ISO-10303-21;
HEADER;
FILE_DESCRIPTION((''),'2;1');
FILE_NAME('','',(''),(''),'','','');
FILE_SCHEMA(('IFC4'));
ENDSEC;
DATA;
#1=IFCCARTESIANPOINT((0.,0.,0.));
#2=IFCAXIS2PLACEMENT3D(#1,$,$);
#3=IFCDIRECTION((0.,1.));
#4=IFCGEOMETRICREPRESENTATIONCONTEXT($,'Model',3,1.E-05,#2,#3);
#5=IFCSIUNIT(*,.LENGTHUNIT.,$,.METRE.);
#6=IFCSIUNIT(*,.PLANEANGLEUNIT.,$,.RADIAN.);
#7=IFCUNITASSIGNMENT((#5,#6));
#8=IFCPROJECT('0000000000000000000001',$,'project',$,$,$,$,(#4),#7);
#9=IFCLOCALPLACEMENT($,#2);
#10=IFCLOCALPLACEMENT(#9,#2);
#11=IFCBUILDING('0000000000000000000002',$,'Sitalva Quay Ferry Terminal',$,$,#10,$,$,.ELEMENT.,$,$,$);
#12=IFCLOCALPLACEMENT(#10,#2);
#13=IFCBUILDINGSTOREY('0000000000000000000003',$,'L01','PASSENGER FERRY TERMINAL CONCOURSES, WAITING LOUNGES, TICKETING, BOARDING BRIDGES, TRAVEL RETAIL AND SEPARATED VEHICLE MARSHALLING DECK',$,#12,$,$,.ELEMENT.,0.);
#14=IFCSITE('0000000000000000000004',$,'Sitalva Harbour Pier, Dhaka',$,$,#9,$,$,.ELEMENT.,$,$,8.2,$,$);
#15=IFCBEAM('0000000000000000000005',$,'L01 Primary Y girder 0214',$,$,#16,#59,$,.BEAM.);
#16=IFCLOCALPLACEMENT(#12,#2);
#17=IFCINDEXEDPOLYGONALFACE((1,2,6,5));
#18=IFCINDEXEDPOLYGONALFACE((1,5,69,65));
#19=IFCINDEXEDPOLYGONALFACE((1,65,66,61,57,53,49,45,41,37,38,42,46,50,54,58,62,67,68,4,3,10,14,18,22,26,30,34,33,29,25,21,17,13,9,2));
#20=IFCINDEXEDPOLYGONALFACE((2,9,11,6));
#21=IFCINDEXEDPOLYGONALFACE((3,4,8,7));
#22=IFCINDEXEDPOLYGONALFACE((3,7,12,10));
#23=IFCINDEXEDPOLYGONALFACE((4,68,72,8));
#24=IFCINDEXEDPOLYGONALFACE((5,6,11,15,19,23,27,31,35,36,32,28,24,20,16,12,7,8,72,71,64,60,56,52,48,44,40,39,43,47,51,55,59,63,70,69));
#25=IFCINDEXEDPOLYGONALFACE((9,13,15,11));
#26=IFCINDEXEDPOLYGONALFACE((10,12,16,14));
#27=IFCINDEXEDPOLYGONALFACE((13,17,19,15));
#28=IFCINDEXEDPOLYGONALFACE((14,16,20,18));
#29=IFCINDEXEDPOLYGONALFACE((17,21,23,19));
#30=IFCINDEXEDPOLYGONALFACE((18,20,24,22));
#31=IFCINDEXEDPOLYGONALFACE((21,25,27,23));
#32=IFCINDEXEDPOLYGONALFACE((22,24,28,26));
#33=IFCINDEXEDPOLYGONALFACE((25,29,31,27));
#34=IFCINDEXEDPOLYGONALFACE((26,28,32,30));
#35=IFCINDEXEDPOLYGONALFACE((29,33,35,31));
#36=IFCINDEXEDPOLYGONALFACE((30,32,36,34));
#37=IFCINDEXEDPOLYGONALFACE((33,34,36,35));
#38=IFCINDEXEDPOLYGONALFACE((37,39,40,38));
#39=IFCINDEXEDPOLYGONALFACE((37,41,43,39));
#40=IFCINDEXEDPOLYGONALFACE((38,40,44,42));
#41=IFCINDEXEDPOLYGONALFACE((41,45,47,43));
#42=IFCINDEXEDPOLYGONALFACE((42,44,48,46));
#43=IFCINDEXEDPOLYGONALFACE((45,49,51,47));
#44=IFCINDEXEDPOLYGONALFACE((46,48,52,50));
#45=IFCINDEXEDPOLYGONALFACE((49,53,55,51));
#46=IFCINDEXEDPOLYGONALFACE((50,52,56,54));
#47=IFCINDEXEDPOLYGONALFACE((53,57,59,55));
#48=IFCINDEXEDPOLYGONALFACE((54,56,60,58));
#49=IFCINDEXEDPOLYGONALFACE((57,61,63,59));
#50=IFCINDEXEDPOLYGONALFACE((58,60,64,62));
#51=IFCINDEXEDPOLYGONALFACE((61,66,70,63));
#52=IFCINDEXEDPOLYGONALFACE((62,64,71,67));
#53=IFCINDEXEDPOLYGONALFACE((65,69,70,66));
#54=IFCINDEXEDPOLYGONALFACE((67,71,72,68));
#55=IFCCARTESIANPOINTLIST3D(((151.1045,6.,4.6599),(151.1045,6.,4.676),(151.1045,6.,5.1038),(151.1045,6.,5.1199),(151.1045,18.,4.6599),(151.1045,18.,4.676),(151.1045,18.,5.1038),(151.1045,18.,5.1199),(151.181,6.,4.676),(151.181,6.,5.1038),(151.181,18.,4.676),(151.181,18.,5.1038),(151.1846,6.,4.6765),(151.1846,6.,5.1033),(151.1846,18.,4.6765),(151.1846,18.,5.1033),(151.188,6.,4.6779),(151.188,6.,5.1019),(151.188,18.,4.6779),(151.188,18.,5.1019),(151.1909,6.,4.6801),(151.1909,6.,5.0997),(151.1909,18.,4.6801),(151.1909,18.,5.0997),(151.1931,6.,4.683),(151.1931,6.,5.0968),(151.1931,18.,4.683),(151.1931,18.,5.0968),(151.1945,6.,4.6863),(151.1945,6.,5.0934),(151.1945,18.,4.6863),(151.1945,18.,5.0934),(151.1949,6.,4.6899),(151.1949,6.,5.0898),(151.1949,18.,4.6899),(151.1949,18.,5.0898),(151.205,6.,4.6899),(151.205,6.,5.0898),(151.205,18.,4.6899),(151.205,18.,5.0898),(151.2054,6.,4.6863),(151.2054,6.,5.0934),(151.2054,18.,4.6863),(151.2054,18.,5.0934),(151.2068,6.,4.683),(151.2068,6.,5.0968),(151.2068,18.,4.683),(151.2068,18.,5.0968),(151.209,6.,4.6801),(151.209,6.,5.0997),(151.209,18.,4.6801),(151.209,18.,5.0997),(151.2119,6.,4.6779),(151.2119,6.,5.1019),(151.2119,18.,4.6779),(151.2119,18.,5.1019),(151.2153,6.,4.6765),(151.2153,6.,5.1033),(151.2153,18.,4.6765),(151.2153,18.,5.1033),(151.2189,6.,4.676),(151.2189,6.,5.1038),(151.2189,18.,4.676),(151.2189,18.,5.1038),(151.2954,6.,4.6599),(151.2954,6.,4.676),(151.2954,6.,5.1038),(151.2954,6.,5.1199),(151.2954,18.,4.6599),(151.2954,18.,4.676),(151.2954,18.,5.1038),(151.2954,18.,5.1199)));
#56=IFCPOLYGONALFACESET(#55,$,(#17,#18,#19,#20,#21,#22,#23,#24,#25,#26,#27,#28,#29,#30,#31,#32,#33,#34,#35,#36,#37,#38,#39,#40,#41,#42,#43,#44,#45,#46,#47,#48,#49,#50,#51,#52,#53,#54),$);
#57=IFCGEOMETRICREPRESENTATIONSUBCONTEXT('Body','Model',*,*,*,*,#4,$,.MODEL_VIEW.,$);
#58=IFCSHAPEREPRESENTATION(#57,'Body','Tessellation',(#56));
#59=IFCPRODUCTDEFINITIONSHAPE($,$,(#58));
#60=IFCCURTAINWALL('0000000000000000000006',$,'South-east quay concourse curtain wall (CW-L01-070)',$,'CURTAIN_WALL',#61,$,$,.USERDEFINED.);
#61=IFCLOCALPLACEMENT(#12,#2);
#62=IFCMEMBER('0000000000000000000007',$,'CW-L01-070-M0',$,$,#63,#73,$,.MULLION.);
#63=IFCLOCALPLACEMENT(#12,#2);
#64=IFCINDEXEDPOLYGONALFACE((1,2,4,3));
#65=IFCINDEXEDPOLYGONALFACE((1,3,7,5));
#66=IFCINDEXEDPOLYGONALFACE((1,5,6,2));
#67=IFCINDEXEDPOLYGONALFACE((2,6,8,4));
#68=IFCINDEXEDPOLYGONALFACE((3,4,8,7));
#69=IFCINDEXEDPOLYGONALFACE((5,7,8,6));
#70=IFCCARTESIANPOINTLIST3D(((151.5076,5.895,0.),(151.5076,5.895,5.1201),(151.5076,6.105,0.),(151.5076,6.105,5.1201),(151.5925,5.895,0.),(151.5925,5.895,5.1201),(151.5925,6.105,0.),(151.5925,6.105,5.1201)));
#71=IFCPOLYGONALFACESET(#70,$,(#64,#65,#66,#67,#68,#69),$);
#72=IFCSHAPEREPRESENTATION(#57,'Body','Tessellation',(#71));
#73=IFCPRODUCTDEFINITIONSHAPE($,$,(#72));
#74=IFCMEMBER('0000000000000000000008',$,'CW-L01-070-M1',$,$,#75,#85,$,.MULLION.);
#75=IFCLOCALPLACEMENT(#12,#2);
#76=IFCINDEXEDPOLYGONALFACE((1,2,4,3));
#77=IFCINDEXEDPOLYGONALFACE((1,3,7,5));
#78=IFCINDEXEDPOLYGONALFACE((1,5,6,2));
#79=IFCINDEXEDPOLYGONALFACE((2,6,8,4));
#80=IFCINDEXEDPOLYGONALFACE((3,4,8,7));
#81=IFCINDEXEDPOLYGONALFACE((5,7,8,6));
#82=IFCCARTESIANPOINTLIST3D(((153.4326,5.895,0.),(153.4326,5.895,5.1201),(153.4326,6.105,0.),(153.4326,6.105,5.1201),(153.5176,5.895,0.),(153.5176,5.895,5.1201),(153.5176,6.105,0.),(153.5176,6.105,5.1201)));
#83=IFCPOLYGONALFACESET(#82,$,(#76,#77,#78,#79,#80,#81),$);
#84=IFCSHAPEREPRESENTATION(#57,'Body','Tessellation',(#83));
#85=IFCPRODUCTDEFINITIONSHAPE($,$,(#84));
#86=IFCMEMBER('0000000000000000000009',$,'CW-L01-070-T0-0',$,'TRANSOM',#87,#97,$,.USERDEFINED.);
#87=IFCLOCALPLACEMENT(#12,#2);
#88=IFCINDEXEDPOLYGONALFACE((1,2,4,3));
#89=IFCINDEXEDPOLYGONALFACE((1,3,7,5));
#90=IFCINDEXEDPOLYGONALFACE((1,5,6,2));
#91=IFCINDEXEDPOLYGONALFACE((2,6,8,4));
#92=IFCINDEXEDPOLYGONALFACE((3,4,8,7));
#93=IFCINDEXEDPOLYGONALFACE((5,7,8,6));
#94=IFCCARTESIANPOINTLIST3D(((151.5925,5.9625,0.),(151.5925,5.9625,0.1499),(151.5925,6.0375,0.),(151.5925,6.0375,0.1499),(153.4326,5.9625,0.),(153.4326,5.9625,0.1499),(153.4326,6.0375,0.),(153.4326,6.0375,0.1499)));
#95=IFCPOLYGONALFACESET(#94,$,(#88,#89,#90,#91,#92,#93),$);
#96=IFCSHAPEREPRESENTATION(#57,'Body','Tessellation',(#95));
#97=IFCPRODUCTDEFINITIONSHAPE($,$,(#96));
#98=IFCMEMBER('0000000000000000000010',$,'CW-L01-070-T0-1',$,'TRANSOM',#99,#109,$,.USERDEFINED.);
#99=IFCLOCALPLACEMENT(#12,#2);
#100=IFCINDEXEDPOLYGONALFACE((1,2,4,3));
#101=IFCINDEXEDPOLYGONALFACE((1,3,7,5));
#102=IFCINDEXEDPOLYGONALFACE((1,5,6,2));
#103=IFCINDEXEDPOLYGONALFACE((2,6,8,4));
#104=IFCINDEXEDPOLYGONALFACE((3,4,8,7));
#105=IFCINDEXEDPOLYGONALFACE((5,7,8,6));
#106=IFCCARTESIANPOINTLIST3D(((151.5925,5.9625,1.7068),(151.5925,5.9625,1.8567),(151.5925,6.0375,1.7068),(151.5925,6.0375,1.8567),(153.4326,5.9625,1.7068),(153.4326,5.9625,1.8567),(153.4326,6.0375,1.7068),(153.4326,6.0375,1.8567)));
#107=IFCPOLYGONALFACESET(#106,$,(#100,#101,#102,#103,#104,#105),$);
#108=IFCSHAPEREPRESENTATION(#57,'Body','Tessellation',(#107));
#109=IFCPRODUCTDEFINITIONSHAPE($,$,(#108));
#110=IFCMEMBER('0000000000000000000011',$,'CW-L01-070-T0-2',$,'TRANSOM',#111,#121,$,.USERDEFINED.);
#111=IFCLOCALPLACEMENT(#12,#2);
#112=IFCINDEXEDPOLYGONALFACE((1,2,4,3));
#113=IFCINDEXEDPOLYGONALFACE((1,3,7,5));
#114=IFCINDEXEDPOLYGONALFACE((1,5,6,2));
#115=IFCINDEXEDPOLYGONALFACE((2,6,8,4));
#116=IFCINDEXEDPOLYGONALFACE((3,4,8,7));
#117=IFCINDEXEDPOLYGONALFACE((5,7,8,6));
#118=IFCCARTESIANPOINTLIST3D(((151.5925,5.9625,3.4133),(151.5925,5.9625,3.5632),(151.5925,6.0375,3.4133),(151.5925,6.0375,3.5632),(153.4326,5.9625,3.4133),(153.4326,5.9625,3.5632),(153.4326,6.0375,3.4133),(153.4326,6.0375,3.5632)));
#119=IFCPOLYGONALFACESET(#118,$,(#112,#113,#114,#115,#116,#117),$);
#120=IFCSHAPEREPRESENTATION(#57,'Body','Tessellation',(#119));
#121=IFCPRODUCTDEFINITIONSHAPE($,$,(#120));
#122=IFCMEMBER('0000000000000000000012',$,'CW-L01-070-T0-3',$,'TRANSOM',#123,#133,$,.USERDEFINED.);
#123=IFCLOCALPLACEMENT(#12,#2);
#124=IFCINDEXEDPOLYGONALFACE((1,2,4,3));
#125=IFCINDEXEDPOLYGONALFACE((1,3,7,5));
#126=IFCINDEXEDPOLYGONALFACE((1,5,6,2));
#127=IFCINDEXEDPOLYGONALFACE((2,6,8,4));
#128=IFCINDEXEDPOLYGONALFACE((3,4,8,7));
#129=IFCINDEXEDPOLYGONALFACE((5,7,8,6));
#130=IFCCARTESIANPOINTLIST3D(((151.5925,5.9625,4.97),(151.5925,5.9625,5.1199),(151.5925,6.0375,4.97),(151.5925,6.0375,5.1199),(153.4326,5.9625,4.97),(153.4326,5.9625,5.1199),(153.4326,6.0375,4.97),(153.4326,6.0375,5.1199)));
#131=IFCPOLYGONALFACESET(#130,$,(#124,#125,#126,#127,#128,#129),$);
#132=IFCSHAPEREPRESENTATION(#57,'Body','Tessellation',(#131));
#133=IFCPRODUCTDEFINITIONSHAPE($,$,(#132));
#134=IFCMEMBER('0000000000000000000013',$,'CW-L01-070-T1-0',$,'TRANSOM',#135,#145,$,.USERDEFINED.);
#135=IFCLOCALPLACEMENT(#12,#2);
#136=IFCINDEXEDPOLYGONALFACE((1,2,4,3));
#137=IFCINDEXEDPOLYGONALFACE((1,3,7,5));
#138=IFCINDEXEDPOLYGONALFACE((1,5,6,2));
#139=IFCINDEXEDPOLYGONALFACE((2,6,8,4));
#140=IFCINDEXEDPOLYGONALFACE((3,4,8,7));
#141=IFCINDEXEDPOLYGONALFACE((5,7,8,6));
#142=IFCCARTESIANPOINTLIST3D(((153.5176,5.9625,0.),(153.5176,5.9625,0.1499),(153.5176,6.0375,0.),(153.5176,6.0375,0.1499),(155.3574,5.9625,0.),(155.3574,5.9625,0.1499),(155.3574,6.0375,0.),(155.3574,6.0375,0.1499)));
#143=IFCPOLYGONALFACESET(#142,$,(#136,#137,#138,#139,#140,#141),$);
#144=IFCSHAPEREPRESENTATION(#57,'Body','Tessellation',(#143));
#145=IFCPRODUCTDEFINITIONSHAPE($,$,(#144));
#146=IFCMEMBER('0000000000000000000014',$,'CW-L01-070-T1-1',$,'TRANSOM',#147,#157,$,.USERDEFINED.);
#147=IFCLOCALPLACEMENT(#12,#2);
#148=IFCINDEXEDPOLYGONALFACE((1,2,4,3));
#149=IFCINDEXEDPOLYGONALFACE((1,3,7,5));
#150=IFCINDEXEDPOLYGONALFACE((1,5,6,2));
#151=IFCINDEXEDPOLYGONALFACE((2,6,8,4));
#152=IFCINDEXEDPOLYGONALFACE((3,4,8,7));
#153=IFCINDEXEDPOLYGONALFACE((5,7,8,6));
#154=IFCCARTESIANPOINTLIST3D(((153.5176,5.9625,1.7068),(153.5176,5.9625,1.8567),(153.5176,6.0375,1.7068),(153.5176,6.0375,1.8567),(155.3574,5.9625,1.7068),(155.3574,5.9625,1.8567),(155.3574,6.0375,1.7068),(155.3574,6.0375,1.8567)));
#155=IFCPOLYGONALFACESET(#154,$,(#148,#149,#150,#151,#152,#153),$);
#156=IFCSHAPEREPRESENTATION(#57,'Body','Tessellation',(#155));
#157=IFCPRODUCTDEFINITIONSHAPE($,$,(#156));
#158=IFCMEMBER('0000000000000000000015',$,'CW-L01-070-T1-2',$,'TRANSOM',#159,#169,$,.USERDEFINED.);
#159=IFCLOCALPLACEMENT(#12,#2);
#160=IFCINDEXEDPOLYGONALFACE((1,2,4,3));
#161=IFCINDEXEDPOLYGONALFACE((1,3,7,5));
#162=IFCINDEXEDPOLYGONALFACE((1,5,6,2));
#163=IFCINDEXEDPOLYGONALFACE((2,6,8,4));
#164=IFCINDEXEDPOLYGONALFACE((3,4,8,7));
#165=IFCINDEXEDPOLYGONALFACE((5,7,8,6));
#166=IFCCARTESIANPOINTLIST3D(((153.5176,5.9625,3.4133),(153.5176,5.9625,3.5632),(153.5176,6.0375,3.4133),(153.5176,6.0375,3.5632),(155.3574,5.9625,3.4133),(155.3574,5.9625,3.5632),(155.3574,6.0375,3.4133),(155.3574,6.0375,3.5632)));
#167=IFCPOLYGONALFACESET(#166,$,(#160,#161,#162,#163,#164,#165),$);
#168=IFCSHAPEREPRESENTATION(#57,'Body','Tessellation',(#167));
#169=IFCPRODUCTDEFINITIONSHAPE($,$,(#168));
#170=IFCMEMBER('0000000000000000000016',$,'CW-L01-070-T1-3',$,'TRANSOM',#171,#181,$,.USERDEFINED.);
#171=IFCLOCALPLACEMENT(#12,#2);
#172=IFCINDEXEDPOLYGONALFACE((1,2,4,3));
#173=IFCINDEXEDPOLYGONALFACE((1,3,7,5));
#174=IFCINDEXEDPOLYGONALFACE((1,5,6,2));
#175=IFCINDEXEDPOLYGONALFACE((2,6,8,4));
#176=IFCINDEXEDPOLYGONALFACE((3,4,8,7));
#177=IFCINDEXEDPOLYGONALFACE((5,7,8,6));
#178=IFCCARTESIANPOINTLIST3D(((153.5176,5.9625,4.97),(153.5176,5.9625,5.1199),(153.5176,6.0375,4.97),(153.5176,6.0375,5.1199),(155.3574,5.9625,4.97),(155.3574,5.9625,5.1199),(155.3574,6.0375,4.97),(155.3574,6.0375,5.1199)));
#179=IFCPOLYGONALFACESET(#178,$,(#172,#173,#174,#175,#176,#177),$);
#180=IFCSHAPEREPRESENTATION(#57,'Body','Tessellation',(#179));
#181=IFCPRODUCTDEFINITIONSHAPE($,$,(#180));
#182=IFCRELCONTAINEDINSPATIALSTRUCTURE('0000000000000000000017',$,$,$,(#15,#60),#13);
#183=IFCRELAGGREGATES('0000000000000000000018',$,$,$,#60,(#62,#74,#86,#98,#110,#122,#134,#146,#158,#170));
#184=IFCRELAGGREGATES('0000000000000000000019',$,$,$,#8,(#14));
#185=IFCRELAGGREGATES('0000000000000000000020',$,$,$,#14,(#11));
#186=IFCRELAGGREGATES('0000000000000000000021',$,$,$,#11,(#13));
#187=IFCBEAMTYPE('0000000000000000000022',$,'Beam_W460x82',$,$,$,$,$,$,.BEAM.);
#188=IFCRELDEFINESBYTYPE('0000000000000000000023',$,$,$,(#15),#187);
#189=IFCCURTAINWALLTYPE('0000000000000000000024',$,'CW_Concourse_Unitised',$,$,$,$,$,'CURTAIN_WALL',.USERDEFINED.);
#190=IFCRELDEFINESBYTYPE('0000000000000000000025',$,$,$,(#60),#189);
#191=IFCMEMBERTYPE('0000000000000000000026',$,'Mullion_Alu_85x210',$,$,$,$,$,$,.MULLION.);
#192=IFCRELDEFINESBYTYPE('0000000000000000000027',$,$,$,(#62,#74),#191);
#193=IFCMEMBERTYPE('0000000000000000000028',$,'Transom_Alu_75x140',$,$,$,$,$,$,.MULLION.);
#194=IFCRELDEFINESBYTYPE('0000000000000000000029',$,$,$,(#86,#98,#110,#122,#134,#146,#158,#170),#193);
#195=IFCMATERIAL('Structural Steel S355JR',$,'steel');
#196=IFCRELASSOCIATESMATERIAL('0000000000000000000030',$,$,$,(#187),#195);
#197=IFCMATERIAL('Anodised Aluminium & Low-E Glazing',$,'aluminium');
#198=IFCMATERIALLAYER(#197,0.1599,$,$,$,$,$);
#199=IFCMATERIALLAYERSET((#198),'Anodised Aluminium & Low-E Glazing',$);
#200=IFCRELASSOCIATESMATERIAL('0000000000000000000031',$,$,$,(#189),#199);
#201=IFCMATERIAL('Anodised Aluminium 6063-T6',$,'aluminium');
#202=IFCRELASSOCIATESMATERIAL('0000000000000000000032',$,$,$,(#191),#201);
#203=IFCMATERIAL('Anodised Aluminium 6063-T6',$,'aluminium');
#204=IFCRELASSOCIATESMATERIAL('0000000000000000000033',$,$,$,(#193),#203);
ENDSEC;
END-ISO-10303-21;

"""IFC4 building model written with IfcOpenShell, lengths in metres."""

from ifc_helpers import new_model, si_unit, direction, frame, origin, origin_2d, place, context, subcontext, project, spatial, rectangle, i_section, extrude, material, layer, layer_set, material_profile, profile_set, type_object, element, aggregate, save


model = new_model("IFC4")

# Units and contexts
model_context = context("Model", 3, precision=1e-05, world=origin(), true_north=direction((0.0, 1.0)))
body_context = subcontext(model_context, "Body", "Model", "MODEL_VIEW")
ifc_project = project(units=[si_unit("LENGTHUNIT", "METRE"), si_unit("PLANEANGLEUNIT", "RADIAN")], contexts=[model_context])

# Site, building, storey
site_placement = place(None, origin())
site = spatial("IfcSite", under=ifc_project, at=site_placement, Name="Sitalva Harbour Pier, Dhaka", CompositionType="ELEMENT", RefElevation=8.2)
building_placement = place(site_placement, origin())
building = spatial("IfcBuilding", under=site, at=building_placement, Name="Sitalva Quay Ferry Terminal", CompositionType="ELEMENT")
storey_placement = place(building_placement, origin())
storey = spatial("IfcBuildingStorey", under=building, at=storey_placement, Name="L01", Description="PASSENGER FERRY TERMINAL CONCOURSES, WAITING LOUNGES, TICKETING, BOARDING BRIDGES, TRAVEL RETAIL AND SEPARATED VEHICLE MARSHALLING DECK", CompositionType="ELEMENT", Elevation=0.0)

# Beam
ifc_material_1 = material(Name="Structural Steel S355JR", Category="steel")
ifc_material_profile_1 = material_profile(ifc_material_1, i_section(OverallWidth=0.1909, OverallDepth=0.46, WebThickness=0.01, FlangeThickness=0.0161, FilletRadius=0.0139, at=origin_2d()), Name="W460x82")
ifc_profile_set_1 = profile_set([ifc_material_profile_1], Name="Structural Steel S355JR")
beam_type = type_object("IfcBeamType", Name="Beam_W460x82", PredefinedType="BEAM", material=ifc_profile_set_1)
beam_1_placement = place(storey_placement, frame((151.2, 6.0, 4.8899), z_axis=(0.0, 1.0, 0.0), x_axis=(-1.0, 0.0, 0.0)))
element("IfcBeam", 1, at=beam_1_placement, inside=storey, type_object=beam_type, Name="L01 Primary Y girder 0214", PredefinedType="BEAM", context=body_context, shape_type="SweptSolid", body=[
    extrude(i_section(OverallWidth=0.1909, OverallDepth=0.46, WebThickness=0.01, FlangeThickness=0.0161, FilletRadius=0.0139, at=origin_2d()), origin(), (0.0, 0.0, 1.0), 12.0),
])

# Curtain wall, members
ifc_material_2 = material(Name="Anodised Aluminium & Low-E Glazing", Category="aluminium")
ifc_layer_1 = layer(ifc_material_2, 0.1599)
ifc_layer_set_1 = layer_set([ifc_layer_1], Name="Anodised Aluminium & Low-E Glazing")
curtain_wall_type = type_object("IfcCurtainWallType", Name="CW_Concourse_Unitised", ElementType="CURTAIN_WALL", PredefinedType="USERDEFINED", material=ifc_layer_set_1)
curtain_wall_placement = place(storey_placement, origin())
curtain_wall = element("IfcCurtainWall", 2, at=curtain_wall_placement, inside=storey, type_object=curtain_wall_type, Name="South-east quay concourse curtain wall (CW-L01-070)", ObjectType="CURTAIN_WALL", PredefinedType="USERDEFINED")
ifc_material_3 = material(Name="Anodised Aluminium 6063-T6", Category="aluminium")
ifc_material_profile_2 = material_profile(ifc_material_3, rectangle(XDim=0.085, YDim=0.21, at=origin_2d()), Name="ALU85x210")
ifc_profile_set_2 = profile_set([ifc_material_profile_2], Name="Anodised Aluminium 6063-T6")
member_type_1 = type_object("IfcMemberType", Name="Mullion_Alu_85x210", PredefinedType="MULLION", material=ifc_profile_set_2)
member_1_placement = place(storey_placement, frame((151.55, 6.0, 0.0), z_axis=(0.0, 0.0, 1.0), x_axis=(1.0, 0.0, 0.0)))
member_1 = element("IfcMember", 3, at=member_1_placement, type_object=member_type_1, Name="CW-L01-070-M0", PredefinedType="MULLION", context=body_context, shape_type="SweptSolid", body=[
    extrude(rectangle(XDim=0.085, YDim=0.21, at=origin_2d()), origin(), (0.0, 0.0, 1.0), 5.1201),
])
member_2_placement = place(storey_placement, frame((153.4751, 6.0, 0.0), z_axis=(0.0, 0.0, 1.0), x_axis=(1.0, 0.0, 0.0)))
member_2 = element("IfcMember", 4, at=member_2_placement, type_object=member_type_1, Name="CW-L01-070-M1", PredefinedType="MULLION", context=body_context, shape_type="SweptSolid", body=[
    extrude(rectangle(XDim=0.085, YDim=0.21, at=origin_2d()), origin(), (0.0, 0.0, 1.0), 5.1201),
])
ifc_material_4 = material(Name="Anodised Aluminium 6063-T6", Category="aluminium")
ifc_material_profile_3 = material_profile(ifc_material_4, rectangle(XDim=0.075, YDim=0.1499, at=origin_2d()), Name="ALU75x150")
ifc_profile_set_3 = profile_set([ifc_material_profile_3], Name="Anodised Aluminium 6063-T6")
member_type_2 = type_object("IfcMemberType", Name="Transom_Alu_75x140", PredefinedType="MULLION", material=ifc_profile_set_3)
member_3_placement = place(storey_placement, frame((151.5925, 6.0, 0.075), z_axis=(1.0, 0.0, 0.0), x_axis=(0.0, 1.0, 0.0)))
member_3 = element("IfcMember", 5, at=member_3_placement, type_object=member_type_2, Name="CW-L01-070-T0-0", ObjectType="TRANSOM", PredefinedType="USERDEFINED", context=body_context, shape_type="SweptSolid", body=[
    extrude(rectangle(XDim=0.075, YDim=0.1499, at=origin_2d()), origin(), (0.0, 0.0, 1.0), 1.8401),
])
member_4_placement = place(storey_placement, frame((151.5925, 6.0, 1.7817), z_axis=(1.0, 0.0, 0.0), x_axis=(0.0, 1.0, 0.0)))
member_4 = element("IfcMember", 6, at=member_4_placement, type_object=member_type_2, Name="CW-L01-070-T0-1", ObjectType="TRANSOM", PredefinedType="USERDEFINED", context=body_context, shape_type="SweptSolid", body=[
    extrude(rectangle(XDim=0.075, YDim=0.1499, at=origin_2d()), origin(), (0.0, 0.0, 1.0), 1.8401),
])
member_5_placement = place(storey_placement, frame((151.5925, 6.0, 3.4883), z_axis=(1.0, 0.0, 0.0), x_axis=(0.0, 1.0, 0.0)))
member_5 = element("IfcMember", 7, at=member_5_placement, type_object=member_type_2, Name="CW-L01-070-T0-2", ObjectType="TRANSOM", PredefinedType="USERDEFINED", context=body_context, shape_type="SweptSolid", body=[
    extrude(rectangle(XDim=0.075, YDim=0.1499, at=origin_2d()), origin(), (0.0, 0.0, 1.0), 1.8401),
])
member_6_placement = place(storey_placement, frame((151.5925, 6.0, 5.0449), z_axis=(1.0, 0.0, 0.0), x_axis=(0.0, 1.0, 0.0)))
member_6 = element("IfcMember", 8, at=member_6_placement, type_object=member_type_2, Name="CW-L01-070-T0-3", ObjectType="TRANSOM", PredefinedType="USERDEFINED", context=body_context, shape_type="SweptSolid", body=[
    extrude(rectangle(XDim=0.075, YDim=0.1499, at=origin_2d()), origin(), (0.0, 0.0, 1.0), 1.8401),
])
member_7_placement = place(storey_placement, frame((153.5176, 6.0, 0.075), z_axis=(1.0, 0.0, 0.0), x_axis=(0.0, 1.0, 0.0)))
member_7 = element("IfcMember", 9, at=member_7_placement, type_object=member_type_2, Name="CW-L01-070-T1-0", ObjectType="TRANSOM", PredefinedType="USERDEFINED", context=body_context, shape_type="SweptSolid", body=[
    extrude(rectangle(XDim=0.075, YDim=0.1499, at=origin_2d()), origin(), (0.0, 0.0, 1.0), 1.8398),
])
member_8_placement = place(storey_placement, frame((153.5176, 6.0, 1.7817), z_axis=(1.0, 0.0, 0.0), x_axis=(0.0, 1.0, 0.0)))
member_8 = element("IfcMember", 10, at=member_8_placement, type_object=member_type_2, Name="CW-L01-070-T1-1", ObjectType="TRANSOM", PredefinedType="USERDEFINED", context=body_context, shape_type="SweptSolid", body=[
    extrude(rectangle(XDim=0.075, YDim=0.1499, at=origin_2d()), origin(), (0.0, 0.0, 1.0), 1.8398),
])
member_9_placement = place(storey_placement, frame((153.5176, 6.0, 3.4883), z_axis=(1.0, 0.0, 0.0), x_axis=(0.0, 1.0, 0.0)))
member_9 = element("IfcMember", 11, at=member_9_placement, type_object=member_type_2, Name="CW-L01-070-T1-2", ObjectType="TRANSOM", PredefinedType="USERDEFINED", context=body_context, shape_type="SweptSolid", body=[
    extrude(rectangle(XDim=0.075, YDim=0.1499, at=origin_2d()), origin(), (0.0, 0.0, 1.0), 1.8398),
])
member_10_placement = place(storey_placement, frame((153.5176, 6.0, 5.0449), z_axis=(1.0, 0.0, 0.0), x_axis=(0.0, 1.0, 0.0)))
member_10 = element("IfcMember", 12, at=member_10_placement, type_object=member_type_2, Name="CW-L01-070-T1-3", ObjectType="TRANSOM", PredefinedType="USERDEFINED", context=body_context, shape_type="SweptSolid", body=[
    extrude(rectangle(XDim=0.075, YDim=0.1499, at=origin_2d()), origin(), (0.0, 0.0, 1.0), 1.8398),
])
aggregate(curtain_wall, [member_1, member_2, member_3, member_4, member_5, member_6, member_7, member_8, member_9, member_10])

save(model, "model.ifc")
